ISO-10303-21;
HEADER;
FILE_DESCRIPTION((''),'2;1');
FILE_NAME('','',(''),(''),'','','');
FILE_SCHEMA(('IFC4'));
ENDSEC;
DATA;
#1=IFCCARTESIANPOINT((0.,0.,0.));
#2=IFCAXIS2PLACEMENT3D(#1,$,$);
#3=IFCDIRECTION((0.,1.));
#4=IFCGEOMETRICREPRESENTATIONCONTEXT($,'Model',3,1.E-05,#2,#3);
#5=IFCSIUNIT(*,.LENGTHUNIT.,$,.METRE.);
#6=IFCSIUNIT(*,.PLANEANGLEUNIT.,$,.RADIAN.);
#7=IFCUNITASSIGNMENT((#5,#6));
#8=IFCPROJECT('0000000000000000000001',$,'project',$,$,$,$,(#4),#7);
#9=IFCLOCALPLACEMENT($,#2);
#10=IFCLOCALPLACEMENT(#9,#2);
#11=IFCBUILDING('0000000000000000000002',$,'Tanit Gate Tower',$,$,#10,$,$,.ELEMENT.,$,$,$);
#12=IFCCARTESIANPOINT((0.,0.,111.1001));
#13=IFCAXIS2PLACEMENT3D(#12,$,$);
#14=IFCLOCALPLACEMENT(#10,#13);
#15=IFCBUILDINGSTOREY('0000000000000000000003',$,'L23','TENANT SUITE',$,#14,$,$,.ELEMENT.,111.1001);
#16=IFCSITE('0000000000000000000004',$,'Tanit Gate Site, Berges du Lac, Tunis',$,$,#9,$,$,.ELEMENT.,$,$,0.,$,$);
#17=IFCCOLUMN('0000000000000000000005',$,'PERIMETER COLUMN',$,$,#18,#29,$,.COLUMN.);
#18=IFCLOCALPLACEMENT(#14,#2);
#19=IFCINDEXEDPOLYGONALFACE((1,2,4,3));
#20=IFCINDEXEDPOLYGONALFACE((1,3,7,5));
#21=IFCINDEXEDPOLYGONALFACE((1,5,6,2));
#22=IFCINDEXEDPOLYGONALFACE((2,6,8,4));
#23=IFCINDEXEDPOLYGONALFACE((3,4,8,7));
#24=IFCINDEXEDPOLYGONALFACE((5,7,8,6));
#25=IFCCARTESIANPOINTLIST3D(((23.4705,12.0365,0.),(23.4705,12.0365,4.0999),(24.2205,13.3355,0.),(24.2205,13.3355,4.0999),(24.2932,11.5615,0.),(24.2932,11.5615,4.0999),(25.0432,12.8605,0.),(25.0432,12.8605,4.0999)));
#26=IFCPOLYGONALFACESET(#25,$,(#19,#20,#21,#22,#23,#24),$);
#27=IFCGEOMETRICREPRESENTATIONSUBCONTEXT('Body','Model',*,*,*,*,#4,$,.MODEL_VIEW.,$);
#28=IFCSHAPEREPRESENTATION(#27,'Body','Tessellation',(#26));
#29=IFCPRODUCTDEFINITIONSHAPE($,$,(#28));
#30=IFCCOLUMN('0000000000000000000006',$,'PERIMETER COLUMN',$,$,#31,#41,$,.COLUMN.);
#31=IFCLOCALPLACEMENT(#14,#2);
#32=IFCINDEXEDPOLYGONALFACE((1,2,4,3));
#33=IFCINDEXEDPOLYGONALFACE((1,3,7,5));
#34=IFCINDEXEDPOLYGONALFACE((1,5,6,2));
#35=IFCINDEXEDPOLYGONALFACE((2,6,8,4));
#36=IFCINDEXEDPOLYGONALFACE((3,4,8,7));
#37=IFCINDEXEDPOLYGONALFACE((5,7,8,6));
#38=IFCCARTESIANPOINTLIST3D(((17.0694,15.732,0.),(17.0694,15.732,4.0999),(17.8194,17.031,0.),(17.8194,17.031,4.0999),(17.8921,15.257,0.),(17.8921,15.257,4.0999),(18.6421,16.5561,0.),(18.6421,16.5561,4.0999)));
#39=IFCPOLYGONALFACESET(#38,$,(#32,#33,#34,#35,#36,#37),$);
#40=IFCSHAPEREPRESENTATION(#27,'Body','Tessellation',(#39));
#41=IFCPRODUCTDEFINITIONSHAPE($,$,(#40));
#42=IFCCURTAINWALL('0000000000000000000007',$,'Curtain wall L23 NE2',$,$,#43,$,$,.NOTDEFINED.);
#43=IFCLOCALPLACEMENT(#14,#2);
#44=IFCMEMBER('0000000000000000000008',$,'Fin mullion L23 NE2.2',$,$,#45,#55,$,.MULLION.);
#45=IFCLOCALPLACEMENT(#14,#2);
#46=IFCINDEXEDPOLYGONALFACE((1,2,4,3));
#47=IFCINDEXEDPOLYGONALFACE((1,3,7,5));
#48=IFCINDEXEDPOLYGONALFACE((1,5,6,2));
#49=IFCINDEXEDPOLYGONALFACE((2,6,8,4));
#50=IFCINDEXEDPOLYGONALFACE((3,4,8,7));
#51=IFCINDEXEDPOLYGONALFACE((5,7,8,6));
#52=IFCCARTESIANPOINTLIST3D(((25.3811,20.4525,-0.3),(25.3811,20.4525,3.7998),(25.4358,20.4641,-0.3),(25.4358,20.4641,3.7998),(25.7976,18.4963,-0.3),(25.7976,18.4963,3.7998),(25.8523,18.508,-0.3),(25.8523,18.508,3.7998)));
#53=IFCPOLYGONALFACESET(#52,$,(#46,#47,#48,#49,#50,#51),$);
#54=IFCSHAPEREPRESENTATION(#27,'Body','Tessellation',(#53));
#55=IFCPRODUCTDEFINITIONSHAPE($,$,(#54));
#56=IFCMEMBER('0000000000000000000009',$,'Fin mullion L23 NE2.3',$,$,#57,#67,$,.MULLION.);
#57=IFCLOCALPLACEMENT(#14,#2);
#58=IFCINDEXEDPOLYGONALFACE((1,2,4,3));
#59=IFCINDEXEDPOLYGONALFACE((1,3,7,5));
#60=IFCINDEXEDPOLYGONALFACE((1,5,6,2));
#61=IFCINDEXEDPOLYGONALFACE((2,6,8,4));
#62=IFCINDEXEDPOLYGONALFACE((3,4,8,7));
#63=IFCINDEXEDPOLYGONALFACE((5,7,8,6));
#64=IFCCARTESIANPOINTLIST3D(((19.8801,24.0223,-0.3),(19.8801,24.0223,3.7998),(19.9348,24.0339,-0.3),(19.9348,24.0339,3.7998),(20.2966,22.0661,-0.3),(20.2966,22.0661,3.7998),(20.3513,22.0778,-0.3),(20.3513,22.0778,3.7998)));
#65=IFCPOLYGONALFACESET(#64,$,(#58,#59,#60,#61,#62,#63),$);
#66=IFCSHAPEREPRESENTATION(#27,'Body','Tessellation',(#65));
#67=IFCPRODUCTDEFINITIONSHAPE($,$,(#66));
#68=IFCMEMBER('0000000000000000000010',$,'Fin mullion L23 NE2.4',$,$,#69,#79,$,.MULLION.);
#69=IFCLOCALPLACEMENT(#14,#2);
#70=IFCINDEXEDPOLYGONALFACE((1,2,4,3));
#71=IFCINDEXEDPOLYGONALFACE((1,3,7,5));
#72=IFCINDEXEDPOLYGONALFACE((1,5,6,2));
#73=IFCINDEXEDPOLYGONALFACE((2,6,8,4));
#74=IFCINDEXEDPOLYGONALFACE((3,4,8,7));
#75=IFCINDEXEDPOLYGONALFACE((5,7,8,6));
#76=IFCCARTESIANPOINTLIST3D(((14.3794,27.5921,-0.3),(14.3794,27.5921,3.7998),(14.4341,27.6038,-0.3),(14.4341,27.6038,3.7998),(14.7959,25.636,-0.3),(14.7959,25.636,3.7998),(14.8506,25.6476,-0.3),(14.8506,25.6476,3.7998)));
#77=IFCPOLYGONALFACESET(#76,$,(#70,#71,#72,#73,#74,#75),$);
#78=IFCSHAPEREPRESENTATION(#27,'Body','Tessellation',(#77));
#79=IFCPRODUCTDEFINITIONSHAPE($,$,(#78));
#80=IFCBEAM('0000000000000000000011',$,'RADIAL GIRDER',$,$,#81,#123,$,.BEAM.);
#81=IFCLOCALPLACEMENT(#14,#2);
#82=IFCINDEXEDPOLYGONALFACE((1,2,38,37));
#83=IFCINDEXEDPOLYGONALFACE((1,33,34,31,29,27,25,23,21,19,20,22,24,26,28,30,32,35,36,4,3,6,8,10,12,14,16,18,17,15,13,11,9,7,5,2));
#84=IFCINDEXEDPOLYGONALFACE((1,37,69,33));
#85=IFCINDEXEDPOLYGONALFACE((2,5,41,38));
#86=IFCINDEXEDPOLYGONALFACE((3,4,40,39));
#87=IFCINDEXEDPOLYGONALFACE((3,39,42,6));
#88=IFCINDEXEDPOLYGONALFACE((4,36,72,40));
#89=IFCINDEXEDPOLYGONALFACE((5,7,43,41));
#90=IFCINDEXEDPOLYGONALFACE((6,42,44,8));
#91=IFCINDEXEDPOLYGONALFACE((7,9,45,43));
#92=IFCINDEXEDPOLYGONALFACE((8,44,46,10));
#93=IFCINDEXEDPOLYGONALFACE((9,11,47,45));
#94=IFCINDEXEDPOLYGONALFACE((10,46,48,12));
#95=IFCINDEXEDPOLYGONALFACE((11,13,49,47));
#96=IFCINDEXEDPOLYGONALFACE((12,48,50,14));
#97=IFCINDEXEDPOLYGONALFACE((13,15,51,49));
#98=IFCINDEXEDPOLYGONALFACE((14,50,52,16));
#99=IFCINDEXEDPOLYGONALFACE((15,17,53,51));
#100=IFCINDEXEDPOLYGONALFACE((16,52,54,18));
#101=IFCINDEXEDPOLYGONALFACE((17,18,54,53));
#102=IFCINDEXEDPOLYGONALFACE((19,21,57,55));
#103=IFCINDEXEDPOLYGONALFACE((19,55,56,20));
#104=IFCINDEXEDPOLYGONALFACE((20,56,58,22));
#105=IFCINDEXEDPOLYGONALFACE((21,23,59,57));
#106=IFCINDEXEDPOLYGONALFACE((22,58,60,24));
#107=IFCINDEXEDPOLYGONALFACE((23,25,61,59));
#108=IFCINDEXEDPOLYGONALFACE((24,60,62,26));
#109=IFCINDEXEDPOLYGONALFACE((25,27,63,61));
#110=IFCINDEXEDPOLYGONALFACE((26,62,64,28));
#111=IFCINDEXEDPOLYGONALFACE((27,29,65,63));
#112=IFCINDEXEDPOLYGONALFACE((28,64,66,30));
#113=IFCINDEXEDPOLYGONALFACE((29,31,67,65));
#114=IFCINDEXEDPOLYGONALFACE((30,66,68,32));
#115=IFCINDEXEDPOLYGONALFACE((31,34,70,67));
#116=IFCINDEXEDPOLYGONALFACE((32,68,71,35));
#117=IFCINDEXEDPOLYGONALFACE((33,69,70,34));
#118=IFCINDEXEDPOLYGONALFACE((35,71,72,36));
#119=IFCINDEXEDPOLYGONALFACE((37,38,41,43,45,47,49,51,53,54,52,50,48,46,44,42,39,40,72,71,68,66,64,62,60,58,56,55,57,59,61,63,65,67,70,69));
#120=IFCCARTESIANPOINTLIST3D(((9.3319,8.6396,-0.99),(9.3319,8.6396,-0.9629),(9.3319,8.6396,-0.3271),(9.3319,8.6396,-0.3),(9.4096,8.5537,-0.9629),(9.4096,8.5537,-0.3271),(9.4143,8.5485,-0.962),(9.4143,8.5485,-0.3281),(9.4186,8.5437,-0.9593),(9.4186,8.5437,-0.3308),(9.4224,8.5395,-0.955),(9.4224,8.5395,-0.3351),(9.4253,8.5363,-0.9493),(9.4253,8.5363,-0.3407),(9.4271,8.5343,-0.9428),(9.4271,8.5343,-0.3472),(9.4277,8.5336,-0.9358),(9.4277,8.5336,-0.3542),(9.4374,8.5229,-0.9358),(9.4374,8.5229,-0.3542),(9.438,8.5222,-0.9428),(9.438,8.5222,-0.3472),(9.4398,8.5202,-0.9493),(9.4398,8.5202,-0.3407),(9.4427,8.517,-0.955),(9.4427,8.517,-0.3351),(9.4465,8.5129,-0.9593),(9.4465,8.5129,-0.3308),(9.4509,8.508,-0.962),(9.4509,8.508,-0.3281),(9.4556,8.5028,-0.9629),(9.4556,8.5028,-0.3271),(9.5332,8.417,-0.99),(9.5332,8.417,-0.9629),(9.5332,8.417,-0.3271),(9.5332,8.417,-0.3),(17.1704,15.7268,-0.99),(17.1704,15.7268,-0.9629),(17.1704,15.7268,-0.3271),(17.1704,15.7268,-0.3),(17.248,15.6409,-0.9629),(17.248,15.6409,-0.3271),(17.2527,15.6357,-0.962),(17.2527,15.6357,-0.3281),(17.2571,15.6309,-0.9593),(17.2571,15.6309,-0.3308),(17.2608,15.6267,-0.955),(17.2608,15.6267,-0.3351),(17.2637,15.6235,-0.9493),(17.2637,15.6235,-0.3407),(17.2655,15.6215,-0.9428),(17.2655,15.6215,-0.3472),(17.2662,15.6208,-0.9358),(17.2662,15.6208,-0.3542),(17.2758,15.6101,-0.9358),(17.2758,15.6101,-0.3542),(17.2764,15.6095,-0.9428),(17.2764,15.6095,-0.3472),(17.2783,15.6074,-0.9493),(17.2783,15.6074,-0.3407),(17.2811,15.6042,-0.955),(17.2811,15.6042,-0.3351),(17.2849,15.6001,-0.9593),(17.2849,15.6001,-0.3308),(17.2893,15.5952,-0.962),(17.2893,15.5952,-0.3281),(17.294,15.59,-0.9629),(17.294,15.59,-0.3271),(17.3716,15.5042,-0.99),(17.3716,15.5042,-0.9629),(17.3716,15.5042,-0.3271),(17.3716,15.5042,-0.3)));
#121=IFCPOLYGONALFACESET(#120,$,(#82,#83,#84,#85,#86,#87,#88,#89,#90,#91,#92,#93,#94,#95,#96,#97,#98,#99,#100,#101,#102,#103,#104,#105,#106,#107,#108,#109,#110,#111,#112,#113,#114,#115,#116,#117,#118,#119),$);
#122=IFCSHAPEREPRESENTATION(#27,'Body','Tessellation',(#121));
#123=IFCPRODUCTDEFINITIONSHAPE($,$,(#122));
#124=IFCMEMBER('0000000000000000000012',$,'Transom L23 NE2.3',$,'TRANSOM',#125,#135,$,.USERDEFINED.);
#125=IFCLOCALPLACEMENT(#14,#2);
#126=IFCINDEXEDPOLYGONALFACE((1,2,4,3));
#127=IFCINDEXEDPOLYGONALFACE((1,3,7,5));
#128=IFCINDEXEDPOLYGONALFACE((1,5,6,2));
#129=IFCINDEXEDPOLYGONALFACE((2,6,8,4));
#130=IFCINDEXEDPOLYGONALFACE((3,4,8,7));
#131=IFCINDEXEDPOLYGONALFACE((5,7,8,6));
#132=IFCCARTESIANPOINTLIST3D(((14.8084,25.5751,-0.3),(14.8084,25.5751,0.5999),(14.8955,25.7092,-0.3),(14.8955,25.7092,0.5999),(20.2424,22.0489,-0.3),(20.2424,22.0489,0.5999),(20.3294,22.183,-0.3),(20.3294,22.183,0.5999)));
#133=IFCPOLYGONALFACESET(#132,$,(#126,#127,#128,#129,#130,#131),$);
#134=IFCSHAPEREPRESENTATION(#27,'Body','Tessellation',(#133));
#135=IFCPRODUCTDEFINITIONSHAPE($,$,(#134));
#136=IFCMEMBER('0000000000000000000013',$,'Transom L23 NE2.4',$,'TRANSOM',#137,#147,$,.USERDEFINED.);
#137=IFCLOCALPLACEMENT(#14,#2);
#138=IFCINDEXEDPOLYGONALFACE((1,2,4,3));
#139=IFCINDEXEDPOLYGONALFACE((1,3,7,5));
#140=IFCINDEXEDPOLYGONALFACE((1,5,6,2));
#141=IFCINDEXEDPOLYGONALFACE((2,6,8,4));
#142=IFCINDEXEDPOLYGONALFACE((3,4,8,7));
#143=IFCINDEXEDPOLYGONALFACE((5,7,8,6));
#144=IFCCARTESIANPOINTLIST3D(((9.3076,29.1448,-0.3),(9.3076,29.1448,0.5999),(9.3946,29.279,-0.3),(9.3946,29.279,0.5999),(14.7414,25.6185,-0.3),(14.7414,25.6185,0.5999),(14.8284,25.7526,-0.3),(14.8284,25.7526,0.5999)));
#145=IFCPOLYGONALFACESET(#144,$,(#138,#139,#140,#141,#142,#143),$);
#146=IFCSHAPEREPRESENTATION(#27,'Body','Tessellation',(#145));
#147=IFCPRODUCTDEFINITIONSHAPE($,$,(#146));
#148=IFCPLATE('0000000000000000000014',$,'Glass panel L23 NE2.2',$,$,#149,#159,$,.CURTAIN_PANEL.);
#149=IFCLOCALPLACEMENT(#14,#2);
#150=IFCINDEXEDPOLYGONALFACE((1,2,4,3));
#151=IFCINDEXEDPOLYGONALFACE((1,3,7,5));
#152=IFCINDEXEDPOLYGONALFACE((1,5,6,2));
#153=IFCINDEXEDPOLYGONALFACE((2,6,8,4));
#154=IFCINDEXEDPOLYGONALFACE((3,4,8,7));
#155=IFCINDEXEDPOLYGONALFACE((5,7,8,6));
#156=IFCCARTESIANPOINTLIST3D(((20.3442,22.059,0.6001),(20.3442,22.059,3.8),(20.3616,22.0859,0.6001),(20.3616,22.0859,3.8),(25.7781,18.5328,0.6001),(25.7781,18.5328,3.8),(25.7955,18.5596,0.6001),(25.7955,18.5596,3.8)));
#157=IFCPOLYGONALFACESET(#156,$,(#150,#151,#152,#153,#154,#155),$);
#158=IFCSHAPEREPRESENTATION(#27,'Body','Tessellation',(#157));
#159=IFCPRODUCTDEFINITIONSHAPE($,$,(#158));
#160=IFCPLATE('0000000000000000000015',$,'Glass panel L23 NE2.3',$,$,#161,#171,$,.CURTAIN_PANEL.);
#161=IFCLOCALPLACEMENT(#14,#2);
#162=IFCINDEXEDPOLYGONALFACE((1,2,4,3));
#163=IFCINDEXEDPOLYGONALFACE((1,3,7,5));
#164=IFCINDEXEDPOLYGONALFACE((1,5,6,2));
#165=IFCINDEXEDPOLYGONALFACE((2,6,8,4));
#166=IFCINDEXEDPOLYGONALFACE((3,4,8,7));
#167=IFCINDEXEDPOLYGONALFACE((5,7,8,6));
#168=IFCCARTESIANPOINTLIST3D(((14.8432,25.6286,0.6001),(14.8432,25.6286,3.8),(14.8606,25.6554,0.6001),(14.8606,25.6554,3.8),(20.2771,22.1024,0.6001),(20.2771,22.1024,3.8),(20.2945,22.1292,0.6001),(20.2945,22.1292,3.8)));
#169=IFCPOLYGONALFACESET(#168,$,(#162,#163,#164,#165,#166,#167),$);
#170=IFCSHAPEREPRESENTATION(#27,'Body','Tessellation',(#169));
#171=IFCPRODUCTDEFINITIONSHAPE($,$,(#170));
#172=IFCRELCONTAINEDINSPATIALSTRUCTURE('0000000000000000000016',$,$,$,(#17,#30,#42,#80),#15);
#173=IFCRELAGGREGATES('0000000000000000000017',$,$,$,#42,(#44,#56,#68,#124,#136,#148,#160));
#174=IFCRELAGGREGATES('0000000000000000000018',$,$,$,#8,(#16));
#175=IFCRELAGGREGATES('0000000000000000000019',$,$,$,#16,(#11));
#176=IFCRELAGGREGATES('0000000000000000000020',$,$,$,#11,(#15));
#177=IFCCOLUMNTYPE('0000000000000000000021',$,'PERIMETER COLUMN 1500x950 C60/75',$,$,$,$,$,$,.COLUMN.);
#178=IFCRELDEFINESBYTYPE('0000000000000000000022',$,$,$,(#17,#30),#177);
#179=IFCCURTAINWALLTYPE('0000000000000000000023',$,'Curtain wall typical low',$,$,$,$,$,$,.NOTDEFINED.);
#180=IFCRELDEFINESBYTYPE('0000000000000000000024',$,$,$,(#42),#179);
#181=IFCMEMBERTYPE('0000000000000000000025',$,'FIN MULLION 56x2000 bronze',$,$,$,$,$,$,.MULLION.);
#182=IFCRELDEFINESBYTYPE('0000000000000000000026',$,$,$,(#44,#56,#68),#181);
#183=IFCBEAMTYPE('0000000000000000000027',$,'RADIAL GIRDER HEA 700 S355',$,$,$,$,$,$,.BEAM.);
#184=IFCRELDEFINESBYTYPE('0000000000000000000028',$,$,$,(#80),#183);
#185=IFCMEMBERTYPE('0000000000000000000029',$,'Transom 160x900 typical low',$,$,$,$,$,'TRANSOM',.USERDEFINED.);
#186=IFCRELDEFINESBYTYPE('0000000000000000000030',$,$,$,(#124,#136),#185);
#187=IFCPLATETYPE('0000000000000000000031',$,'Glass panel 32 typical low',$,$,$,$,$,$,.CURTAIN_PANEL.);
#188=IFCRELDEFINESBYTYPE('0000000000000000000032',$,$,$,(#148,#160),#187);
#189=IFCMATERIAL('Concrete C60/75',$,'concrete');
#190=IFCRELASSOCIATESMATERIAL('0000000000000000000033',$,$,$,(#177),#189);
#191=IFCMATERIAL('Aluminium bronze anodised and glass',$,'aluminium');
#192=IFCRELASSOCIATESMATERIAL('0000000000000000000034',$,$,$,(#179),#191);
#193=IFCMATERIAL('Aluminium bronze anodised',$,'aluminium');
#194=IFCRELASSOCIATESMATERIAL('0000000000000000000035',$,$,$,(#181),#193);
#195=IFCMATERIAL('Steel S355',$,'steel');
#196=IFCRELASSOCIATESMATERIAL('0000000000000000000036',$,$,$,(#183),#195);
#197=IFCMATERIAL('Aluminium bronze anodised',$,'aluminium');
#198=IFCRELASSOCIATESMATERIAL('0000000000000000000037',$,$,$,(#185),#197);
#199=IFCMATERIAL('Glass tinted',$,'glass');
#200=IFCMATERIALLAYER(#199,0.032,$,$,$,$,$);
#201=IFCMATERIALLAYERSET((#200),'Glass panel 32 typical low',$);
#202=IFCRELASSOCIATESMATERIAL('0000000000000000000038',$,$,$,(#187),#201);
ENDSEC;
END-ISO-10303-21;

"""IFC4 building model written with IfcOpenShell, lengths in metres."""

from ifc_helpers import new_model, si_unit, direction, frame, origin, origin_2d, place, context, subcontext, project, spatial, rectangle, i_section, extrude, material, layer, layer_set, material_profile, profile_set, type_object, element, aggregate, save


model = new_model("IFC4")

# Units and contexts
model_context = context("Model", 3, precision=1e-05, world=origin(), true_north=direction((0.0, 1.0)))
body_context = subcontext(model_context, "Body", "Model", "MODEL_VIEW")
ifc_project = project(units=[si_unit("LENGTHUNIT", "METRE"), si_unit("PLANEANGLEUNIT", "RADIAN")], contexts=[model_context])

# Site, building, storey
site_placement = place(None, origin())
site = spatial("IfcSite", under=ifc_project, at=site_placement, Name="Tanit Gate Site, Berges du Lac, Tunis", CompositionType="ELEMENT", RefElevation=0.0)
building_placement = place(site_placement, origin())
building = spatial("IfcBuilding", under=site, at=building_placement, Name="Tanit Gate Tower", CompositionType="ELEMENT")
storey_placement = place(building_placement, frame((0.0, 0.0, 111.1001)))
storey = spatial("IfcBuildingStorey", under=building, at=storey_placement, Name="L23", Description="TENANT SUITE", CompositionType="ELEMENT", Elevation=111.1001)

# Columns
ifc_material_1 = material(Name="Concrete C60/75", Category="concrete")
ifc_material_profile_1 = material_profile(ifc_material_1, rectangle(XDim=1.5, YDim=0.95, at=origin_2d()), Name="RC 1500x950")
ifc_profile_set_1 = profile_set([ifc_material_profile_1], Name="Concrete C60/75")
column_type = type_object("IfcColumnType", Name="PERIMETER COLUMN 1500x950 C60/75", PredefinedType="COLUMN", material=ifc_profile_set_1)
for number, where, z_axis, x_axis, name in (
    (1, (24.2568, 12.4485, 0.0), (0.0, 0.0, 1.0), (0.5, 0.866025, 0.0), "PERIMETER COLUMN"),
    (2, (17.8557, 16.144, 0.0), (0.0, 0.0, 1.0), (0.5, 0.866025, 0.0), "PERIMETER COLUMN"),
):
    element("IfcColumn", number, at=place(storey_placement, frame(where, z_axis=z_axis, x_axis=x_axis)), inside=storey, type_object=column_type, Name=name, PredefinedType="COLUMN", context=body_context, shape_type="SweptSolid", body=[
        extrude(rectangle(XDim=1.5, YDim=0.95, at=origin_2d()), origin(), (0.0, 0.0, 1.0), 4.0999),
    ])

# Curtain wall, members
ifc_material_2 = material(Name="Aluminium bronze anodised and glass", Category="aluminium")
curtain_wall_type = type_object("IfcCurtainWallType", Name="Curtain wall typical low", PredefinedType="NOTDEFINED", material=ifc_material_2)
curtain_wall_placement = place(storey_placement, origin())
curtain_wall = element("IfcCurtainWall", 3, at=curtain_wall_placement, inside=storey, type_object=curtain_wall_type, Name="Curtain wall L23 NE2", PredefinedType="NOTDEFINED")
ifc_material_3 = material(Name="Aluminium bronze anodised", Category="aluminium")
ifc_material_profile_2 = material_profile(ifc_material_3, rectangle(XDim=2.0, YDim=0.0559, at=origin_2d()), Name="56x2000 bronze fin mullion")
ifc_profile_set_2 = profile_set([ifc_material_profile_2], Name="Aluminium bronze anodised")
member_type_1 = type_object("IfcMemberType", Name="FIN MULLION 56x2000 bronze", PredefinedType="MULLION", material=ifc_profile_set_2)
member_1_placement = place(storey_placement, frame((25.6167, 19.4802, -0.3), z_axis=(0.0, 0.0, 1.0), x_axis=(0.208238, -0.978078, 0.0)))
member_1 = element("IfcMember", 4, at=member_1_placement, type_object=member_type_1, Name="Fin mullion L23 NE2.2", PredefinedType="MULLION", context=body_context, shape_type="SweptSolid", body=[
    extrude(rectangle(XDim=2.0, YDim=0.0559, at=origin_2d()), origin(), (0.0, 0.0, 1.0), 4.0999),
])
member_2_placement = place(storey_placement, frame((20.1157, 23.05, -0.3), z_axis=(0.0, 0.0, 1.0), x_axis=(0.208238, -0.978078, 0.0)))
member_2 = element("IfcMember", 5, at=member_2_placement, type_object=member_type_1, Name="Fin mullion L23 NE2.3", PredefinedType="MULLION", context=body_context, shape_type="SweptSolid", body=[
    extrude(rectangle(XDim=2.0, YDim=0.0559, at=origin_2d()), origin(), (0.0, 0.0, 1.0), 4.0999),
])
member_3_placement = place(storey_placement, frame((14.615, 26.6199, -0.3), z_axis=(0.0, 0.0, 1.0), x_axis=(0.208238, -0.978078, 0.0)))
member_3 = element("IfcMember", 6, at=member_3_placement, type_object=member_type_1, Name="Fin mullion L23 NE2.4", PredefinedType="MULLION", context=body_context, shape_type="SweptSolid", body=[
    extrude(rectangle(XDim=2.0, YDim=0.0559, at=origin_2d()), origin(), (0.0, 0.0, 1.0), 4.0999),
])

# Beam
ifc_material_4 = material(Name="Steel S355", Category="steel")
ifc_material_profile_3 = material_profile(ifc_material_4, i_section(OverallWidth=0.3, OverallDepth=0.6899, WebThickness=0.0144, FlangeThickness=0.0271, FilletRadius=0.0271, at=origin_2d()), Name="HEA 700")
ifc_profile_set_3 = profile_set([ifc_material_profile_3], Name="Steel S355")
beam_type = type_object("IfcBeamType", Name="RADIAL GIRDER HEA 700 S355", PredefinedType="BEAM", material=ifc_profile_set_3)
beam_placement = place(storey_placement, frame((17.271, 15.6155, -0.645), z_axis=(-0.741757, -0.670668, 0.0), x_axis=(0.670668, -0.741757, 0.0)))
element("IfcBeam", 7, at=beam_placement, inside=storey, type_object=beam_type, Name="RADIAL GIRDER", PredefinedType="BEAM", context=body_context, shape_type="SweptSolid", body=[
    extrude(i_section(OverallWidth=0.3, OverallDepth=0.6899, WebThickness=0.0144, FlangeThickness=0.0271, FilletRadius=0.0271, at=origin_2d()), origin(), (0.0, 0.0, 1.0), 10.5674),
])

# Members
ifc_material_5 = material(Name="Aluminium bronze anodised", Category="aluminium")
ifc_material_profile_4 = material_profile(ifc_material_5, rectangle(XDim=0.1599, YDim=0.8999, at=origin_2d()), Name="160x900 bronze transom")
ifc_profile_set_4 = profile_set([ifc_material_profile_4], Name="Aluminium bronze anodised")
member_type_2 = type_object("IfcMemberType", Name="Transom 160x900 typical low", ElementType="TRANSOM", PredefinedType="USERDEFINED", material=ifc_profile_set_4)
member_4_placement = place(storey_placement, frame((20.2859, 22.116, 0.1499), z_axis=(-0.838858, 0.544351, 0.0), x_axis=(-0.544351, -0.838858, 0.0)))
member_4 = element("IfcMember", 8, at=member_4_placement, type_object=member_type_2, Name="Transom L23 NE2.3", ObjectType="TRANSOM", PredefinedType="USERDEFINED", context=body_context, shape_type="SweptSolid", body=[
    extrude(rectangle(XDim=0.1599, YDim=0.8999, at=origin_2d()), origin(), (0.0, 0.0, 1.0), 6.4778),
])
member_5_placement = place(storey_placement, frame((14.7849, 25.6855, 0.1499), z_axis=(-0.83884, 0.544378, 0.0), x_axis=(-0.544378, -0.83884, 0.0)))
member_5 = element("IfcMember", 9, at=member_5_placement, type_object=member_type_2, Name="Transom L23 NE2.4", ObjectType="TRANSOM", PredefinedType="USERDEFINED", context=body_context, shape_type="SweptSolid", body=[
    extrude(rectangle(XDim=0.1599, YDim=0.8999, at=origin_2d()), origin(), (0.0, 0.0, 1.0), 6.4778),
])

# Plates
ifc_material_6 = material(Name="Glass tinted", Category="glass")
ifc_layer = layer(ifc_material_6, 0.032)
ifc_layer_set = layer_set([ifc_layer], Name="Glass panel 32 typical low")
plate_type = type_object("IfcPlateType", Name="Glass panel 32 typical low", PredefinedType="CURTAIN_PANEL", material=ifc_layer_set)
plate_1_placement = place(storey_placement, frame((23.0698, 20.3093, 0.6001), z_axis=(0.0, 0.0, 1.0), x_axis=(-0.838852, 0.544359, 0.0)))
plate_1 = element("IfcPlate", 10, at=plate_1_placement, type_object=plate_type, Name="Glass panel L23 NE2.2", PredefinedType="CURTAIN_PANEL", context=body_context, shape_type="SweptSolid", body=[
    extrude(rectangle(XDim=6.4778, YDim=0.032, at=origin_2d()), origin(), (0.0, 0.0, 1.0), 3.2),
])
plate_2_placement = place(storey_placement, frame((17.5688, 23.8789, 0.6001), z_axis=(0.0, 0.0, 1.0), x_axis=(-0.838852, 0.544359, 0.0)))
plate_2 = element("IfcPlate", 11, at=plate_2_placement, type_object=plate_type, Name="Glass panel L23 NE2.3", PredefinedType="CURTAIN_PANEL", context=body_context, shape_type="SweptSolid", body=[
    extrude(rectangle(XDim=6.4778, YDim=0.032, at=origin_2d()), origin(), (0.0, 0.0, 1.0), 3.2),
])
aggregate(curtain_wall, [member_1, member_2, member_3, member_4, member_5, plate_1, plate_2])

save(model, "model.ifc")
